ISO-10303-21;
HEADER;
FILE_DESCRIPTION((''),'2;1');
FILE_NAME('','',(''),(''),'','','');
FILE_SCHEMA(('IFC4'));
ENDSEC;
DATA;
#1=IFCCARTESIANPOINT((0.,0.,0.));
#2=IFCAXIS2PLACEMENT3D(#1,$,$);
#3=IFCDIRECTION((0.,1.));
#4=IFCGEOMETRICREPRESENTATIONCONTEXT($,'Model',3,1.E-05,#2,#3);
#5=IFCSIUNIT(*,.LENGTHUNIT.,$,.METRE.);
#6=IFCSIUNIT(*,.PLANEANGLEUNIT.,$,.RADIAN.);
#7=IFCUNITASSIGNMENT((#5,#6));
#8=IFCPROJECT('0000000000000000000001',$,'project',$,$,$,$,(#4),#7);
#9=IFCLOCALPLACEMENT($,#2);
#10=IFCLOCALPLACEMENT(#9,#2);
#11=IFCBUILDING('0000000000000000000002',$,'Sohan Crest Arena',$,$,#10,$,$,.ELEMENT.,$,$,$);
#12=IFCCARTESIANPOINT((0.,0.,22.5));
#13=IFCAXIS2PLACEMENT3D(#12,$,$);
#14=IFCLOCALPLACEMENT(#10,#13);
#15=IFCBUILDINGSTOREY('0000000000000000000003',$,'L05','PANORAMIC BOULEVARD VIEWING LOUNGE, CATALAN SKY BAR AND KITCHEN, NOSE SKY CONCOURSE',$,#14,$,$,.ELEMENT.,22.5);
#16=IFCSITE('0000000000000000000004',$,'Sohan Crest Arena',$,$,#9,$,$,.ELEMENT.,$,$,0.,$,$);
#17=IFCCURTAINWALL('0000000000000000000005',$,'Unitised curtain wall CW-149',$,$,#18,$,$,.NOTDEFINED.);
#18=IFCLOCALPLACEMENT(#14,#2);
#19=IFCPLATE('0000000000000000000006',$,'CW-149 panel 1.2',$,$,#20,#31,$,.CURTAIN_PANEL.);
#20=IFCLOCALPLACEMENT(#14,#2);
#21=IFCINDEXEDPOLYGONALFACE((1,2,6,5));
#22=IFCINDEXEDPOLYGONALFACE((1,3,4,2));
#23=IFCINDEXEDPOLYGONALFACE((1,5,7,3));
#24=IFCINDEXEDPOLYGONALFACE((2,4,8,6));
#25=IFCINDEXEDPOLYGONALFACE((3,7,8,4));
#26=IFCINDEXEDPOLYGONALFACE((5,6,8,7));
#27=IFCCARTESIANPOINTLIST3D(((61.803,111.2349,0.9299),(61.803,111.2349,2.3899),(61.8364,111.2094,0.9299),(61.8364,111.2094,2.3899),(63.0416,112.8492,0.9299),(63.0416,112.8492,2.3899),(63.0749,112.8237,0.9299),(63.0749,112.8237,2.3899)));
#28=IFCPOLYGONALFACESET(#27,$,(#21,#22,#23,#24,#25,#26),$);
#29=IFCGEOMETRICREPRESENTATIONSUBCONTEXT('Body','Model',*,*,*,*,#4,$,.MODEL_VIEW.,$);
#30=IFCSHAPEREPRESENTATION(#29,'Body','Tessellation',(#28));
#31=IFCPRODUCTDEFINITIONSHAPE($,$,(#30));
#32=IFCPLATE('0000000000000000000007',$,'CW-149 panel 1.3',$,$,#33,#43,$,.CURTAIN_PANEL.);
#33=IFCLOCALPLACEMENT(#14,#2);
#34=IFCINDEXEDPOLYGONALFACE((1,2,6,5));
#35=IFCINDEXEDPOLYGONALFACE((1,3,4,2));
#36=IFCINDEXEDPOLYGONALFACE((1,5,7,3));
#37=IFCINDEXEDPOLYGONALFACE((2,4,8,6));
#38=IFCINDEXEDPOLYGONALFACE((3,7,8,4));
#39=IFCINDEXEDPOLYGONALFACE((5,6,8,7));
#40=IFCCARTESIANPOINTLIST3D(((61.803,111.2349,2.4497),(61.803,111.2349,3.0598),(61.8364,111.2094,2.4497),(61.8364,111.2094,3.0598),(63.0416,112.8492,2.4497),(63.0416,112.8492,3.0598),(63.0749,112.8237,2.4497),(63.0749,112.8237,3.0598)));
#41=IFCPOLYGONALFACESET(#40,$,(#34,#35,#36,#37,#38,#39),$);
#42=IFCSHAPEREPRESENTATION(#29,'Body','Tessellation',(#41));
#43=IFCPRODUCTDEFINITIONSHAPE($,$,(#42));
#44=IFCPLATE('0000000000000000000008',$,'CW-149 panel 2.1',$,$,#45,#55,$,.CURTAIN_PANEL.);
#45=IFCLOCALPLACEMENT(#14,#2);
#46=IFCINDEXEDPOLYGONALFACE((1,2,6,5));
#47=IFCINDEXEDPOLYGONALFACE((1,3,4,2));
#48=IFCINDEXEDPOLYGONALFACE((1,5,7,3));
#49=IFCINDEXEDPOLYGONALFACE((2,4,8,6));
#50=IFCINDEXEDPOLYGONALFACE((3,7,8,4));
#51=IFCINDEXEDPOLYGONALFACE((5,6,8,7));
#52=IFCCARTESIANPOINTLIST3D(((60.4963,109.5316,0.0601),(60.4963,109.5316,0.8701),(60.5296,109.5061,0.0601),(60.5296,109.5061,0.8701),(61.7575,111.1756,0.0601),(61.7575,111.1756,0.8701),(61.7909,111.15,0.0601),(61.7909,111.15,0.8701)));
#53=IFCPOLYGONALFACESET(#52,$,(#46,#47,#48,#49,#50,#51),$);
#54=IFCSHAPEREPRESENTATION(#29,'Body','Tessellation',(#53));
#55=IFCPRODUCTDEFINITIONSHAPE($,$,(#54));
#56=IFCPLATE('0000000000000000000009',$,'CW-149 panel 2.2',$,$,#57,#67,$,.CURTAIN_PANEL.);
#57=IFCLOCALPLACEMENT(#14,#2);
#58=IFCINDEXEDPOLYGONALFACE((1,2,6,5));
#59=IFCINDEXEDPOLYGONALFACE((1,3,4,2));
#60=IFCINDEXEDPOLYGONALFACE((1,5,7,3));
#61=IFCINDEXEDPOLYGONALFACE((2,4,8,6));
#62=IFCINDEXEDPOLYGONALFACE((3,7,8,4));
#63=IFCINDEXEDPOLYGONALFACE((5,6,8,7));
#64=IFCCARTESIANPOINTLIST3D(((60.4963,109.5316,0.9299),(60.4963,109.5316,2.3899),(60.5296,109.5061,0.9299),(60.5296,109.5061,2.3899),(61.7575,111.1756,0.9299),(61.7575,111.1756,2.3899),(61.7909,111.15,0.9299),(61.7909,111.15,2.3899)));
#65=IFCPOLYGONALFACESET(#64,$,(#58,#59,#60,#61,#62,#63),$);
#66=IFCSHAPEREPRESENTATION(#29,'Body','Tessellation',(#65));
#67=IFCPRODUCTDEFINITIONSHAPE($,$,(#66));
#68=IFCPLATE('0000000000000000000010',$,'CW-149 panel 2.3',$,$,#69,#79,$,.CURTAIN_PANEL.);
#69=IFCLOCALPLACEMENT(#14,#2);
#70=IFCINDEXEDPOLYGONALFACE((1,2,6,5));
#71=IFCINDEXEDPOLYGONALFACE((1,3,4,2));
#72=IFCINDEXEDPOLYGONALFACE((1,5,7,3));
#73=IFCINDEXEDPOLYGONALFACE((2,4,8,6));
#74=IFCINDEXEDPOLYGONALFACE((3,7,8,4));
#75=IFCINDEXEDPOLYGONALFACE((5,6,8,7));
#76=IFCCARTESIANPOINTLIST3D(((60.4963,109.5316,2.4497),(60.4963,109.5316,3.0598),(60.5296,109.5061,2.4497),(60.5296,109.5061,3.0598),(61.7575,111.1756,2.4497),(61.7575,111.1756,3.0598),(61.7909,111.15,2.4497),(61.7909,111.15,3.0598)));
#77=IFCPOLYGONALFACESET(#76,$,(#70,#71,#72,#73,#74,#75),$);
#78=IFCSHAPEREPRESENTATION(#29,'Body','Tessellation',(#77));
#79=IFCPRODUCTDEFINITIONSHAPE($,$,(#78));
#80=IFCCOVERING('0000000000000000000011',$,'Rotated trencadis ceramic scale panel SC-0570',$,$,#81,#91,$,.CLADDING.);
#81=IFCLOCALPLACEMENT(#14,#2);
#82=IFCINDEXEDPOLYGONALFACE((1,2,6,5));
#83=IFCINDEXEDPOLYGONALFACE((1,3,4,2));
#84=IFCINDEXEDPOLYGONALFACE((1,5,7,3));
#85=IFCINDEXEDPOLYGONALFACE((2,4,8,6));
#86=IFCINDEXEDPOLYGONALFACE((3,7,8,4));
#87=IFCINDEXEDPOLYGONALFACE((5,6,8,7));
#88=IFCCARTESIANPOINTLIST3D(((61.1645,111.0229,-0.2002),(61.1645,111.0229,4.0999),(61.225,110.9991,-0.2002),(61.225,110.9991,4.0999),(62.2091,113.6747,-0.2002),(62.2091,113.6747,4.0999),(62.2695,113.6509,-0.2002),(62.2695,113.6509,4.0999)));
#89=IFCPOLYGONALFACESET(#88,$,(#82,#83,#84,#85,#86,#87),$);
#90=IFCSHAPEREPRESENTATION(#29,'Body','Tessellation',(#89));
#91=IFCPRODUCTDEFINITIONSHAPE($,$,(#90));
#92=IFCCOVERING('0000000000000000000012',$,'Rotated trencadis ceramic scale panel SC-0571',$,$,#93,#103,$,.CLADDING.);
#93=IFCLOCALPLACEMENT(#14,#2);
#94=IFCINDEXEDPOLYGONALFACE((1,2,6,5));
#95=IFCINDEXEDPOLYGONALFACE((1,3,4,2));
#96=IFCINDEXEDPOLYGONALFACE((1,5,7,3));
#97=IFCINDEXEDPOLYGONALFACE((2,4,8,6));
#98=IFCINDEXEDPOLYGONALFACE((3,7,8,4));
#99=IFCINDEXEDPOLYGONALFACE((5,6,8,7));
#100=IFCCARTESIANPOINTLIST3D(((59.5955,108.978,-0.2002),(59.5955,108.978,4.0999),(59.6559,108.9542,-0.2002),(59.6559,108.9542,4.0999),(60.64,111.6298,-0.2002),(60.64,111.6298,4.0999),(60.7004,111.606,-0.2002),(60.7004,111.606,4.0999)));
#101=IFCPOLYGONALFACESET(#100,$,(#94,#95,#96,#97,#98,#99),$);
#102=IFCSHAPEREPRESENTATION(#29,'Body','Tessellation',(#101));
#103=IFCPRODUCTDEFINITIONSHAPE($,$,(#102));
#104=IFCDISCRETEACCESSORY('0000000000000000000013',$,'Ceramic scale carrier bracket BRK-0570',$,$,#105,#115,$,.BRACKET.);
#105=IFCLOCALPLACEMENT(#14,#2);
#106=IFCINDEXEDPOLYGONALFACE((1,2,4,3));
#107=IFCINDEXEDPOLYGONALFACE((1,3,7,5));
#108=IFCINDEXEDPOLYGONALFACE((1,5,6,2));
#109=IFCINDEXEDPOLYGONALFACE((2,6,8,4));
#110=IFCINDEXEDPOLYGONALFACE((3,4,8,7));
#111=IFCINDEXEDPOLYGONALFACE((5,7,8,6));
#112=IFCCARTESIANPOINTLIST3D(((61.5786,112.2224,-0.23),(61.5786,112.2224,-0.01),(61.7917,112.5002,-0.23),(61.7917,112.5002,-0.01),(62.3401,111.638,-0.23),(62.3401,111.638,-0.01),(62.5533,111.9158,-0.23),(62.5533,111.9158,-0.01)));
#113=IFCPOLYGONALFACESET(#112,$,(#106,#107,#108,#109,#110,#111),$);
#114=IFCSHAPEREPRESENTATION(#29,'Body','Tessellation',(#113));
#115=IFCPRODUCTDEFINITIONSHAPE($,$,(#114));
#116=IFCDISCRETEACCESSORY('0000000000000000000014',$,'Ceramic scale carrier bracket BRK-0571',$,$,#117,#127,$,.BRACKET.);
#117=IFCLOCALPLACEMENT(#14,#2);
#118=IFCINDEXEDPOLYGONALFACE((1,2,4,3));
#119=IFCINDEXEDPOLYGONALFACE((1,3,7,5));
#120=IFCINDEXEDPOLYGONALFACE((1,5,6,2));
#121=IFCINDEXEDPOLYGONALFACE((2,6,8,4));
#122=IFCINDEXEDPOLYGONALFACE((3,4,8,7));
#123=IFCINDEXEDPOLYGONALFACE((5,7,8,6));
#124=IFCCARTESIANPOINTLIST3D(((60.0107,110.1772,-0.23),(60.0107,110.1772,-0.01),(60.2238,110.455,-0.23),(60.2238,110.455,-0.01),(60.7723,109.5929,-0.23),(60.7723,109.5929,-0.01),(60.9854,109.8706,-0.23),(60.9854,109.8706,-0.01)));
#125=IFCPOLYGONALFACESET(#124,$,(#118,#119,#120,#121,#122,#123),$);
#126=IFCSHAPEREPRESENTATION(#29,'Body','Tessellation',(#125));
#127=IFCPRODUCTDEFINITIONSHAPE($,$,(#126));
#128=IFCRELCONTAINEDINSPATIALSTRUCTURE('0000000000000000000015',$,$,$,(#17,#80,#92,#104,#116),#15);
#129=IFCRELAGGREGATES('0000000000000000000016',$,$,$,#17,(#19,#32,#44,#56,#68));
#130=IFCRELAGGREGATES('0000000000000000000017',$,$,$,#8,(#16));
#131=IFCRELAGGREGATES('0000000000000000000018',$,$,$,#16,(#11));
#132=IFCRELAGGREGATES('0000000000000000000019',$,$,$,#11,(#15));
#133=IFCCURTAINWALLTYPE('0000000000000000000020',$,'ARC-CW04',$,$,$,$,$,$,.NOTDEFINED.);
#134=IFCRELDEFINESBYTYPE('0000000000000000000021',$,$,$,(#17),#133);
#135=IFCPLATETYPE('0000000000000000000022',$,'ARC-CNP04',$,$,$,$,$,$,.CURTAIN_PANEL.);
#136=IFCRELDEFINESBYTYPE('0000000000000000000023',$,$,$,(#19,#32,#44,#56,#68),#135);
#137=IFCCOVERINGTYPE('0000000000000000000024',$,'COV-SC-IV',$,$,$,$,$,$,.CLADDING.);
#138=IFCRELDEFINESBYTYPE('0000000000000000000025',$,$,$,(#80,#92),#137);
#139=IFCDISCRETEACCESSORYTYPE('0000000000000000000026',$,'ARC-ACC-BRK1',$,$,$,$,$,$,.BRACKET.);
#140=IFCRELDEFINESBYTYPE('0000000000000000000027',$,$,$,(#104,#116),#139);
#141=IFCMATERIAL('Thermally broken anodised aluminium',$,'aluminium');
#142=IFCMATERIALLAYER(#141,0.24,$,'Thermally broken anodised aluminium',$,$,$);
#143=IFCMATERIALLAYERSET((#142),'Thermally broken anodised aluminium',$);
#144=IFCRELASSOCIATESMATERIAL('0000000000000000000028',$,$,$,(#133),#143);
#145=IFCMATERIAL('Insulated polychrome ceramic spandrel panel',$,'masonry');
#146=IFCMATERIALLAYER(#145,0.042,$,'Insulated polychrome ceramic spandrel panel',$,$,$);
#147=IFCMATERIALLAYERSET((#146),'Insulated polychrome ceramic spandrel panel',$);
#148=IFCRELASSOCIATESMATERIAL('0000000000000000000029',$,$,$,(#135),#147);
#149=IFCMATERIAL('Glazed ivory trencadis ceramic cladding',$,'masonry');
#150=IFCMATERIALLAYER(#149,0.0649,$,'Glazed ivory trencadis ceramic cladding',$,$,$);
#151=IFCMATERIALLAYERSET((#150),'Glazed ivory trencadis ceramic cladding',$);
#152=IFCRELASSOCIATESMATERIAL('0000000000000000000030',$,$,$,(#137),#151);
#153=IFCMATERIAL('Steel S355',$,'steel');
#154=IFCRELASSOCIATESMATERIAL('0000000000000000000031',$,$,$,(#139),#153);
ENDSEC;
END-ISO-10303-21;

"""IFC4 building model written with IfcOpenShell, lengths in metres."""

from ifc_helpers import new_model, si_unit, direction, frame, origin, origin_2d, place, context, subcontext, project, spatial, rectangle, extrude, material, layer, layer_set, type_object, element, aggregate, save


model = new_model("IFC4")

# Units and contexts
model_context = context("Model", 3, precision=1e-05, world=origin(), true_north=direction((0.0, 1.0)))
body_context = subcontext(model_context, "Body", "Model", "MODEL_VIEW")
ifc_project = project(units=[si_unit("LENGTHUNIT", "METRE"), si_unit("PLANEANGLEUNIT", "RADIAN")], contexts=[model_context])

# Site, building, storey
site_placement = place(None, origin())
site = spatial("IfcSite", under=ifc_project, at=site_placement, Name="Sohan Crest Arena", CompositionType="ELEMENT", RefElevation=0.0)
building_placement = place(site_placement, origin())
building = spatial("IfcBuilding", under=site, at=building_placement, Name="Sohan Crest Arena", CompositionType="ELEMENT")
storey_placement = place(building_placement, frame((0.0, 0.0, 22.5)))
storey = spatial("IfcBuildingStorey", under=building, at=storey_placement, Name="L05", Description="PANORAMIC BOULEVARD VIEWING LOUNGE, CATALAN SKY BAR AND KITCHEN, NOSE SKY CONCOURSE", CompositionType="ELEMENT", Elevation=22.5)

# Shared definitions
ifc_material_1 = material(Name="Steel S355", Category="steel")

# Curtain wall
ifc_material_2 = material(Name="Thermally broken anodised aluminium", Category="aluminium")
ifc_layer_1 = layer(ifc_material_2, 0.24, Name="Thermally broken anodised aluminium")
ifc_layer_set_1 = layer_set([ifc_layer_1], Name="Thermally broken anodised aluminium")
curtain_wall_type = type_object("IfcCurtainWallType", Name="ARC-CW04", PredefinedType="NOTDEFINED", material=ifc_layer_set_1)
curtain_wall_placement = place(storey_placement, origin())
curtain_wall = element("IfcCurtainWall", 1, at=curtain_wall_placement, inside=storey, type_object=curtain_wall_type, Name="Unitised curtain wall CW-149", PredefinedType="NOTDEFINED")

# Plates
ifc_material_3 = material(Name="Insulated polychrome ceramic spandrel panel", Category="masonry")
ifc_layer_2 = layer(ifc_material_3, 0.042, Name="Insulated polychrome ceramic spandrel panel")
ifc_layer_set_2 = layer_set([ifc_layer_2], Name="Insulated polychrome ceramic spandrel panel")
plate_type = type_object("IfcPlateType", Name="ARC-CNP04", PredefinedType="CURTAIN_PANEL", material=ifc_layer_set_2)
plate_1_placement = place(storey_placement, frame((62.439, 112.0293, 0.9299), z_axis=(0.0, 0.0, 1.0), x_axis=(-0.60872, -0.793385, 0.0)))
plate_1 = element("IfcPlate", 2, at=plate_1_placement, type_object=plate_type, Name="CW-149 panel 1.2", PredefinedType="CURTAIN_PANEL", context=body_context, shape_type="SweptSolid", body=[
    extrude(rectangle(XDim=2.0347, YDim=0.042, at=origin_2d()), origin(), (0.0, 0.0, 1.0), 1.46),
])
plate_2_placement = place(storey_placement, frame((62.439, 112.0293, 2.4497), z_axis=(0.0, 0.0, 1.0), x_axis=(-0.60872, -0.793385, 0.0)))
plate_2 = element("IfcPlate", 3, at=plate_2_placement, type_object=plate_type, Name="CW-149 panel 1.3", PredefinedType="CURTAIN_PANEL", context=body_context, shape_type="SweptSolid", body=[
    extrude(rectangle(XDim=2.0347, YDim=0.042, at=origin_2d()), origin(), (0.0, 0.0, 1.0), 0.6101),
])
plate_3_placement = place(storey_placement, frame((61.1436, 110.3408, 0.0601), z_axis=(0.0, 0.0, 1.0), x_axis=(-0.60872, -0.793385, 0.0)))
plate_3 = element("IfcPlate", 4, at=plate_3_placement, type_object=plate_type, Name="CW-149 panel 2.1", PredefinedType="CURTAIN_PANEL", context=body_context, shape_type="SweptSolid", body=[
    extrude(rectangle(XDim=2.072, YDim=0.042, at=origin_2d()), origin(), (0.0, 0.0, 1.0), 0.8101),
])
plate_4_placement = place(storey_placement, frame((61.1436, 110.3408, 0.9299), z_axis=(0.0, 0.0, 1.0), x_axis=(-0.60872, -0.793385, 0.0)))
plate_4 = element("IfcPlate", 5, at=plate_4_placement, type_object=plate_type, Name="CW-149 panel 2.2", PredefinedType="CURTAIN_PANEL", context=body_context, shape_type="SweptSolid", body=[
    extrude(rectangle(XDim=2.072, YDim=0.042, at=origin_2d()), origin(), (0.0, 0.0, 1.0), 1.46),
])
plate_5_placement = place(storey_placement, frame((61.1436, 110.3408, 2.4497), z_axis=(0.0, 0.0, 1.0), x_axis=(-0.60872, -0.793385, 0.0)))
plate_5 = element("IfcPlate", 6, at=plate_5_placement, type_object=plate_type, Name="CW-149 panel 2.3", PredefinedType="CURTAIN_PANEL", context=body_context, shape_type="SweptSolid", body=[
    extrude(rectangle(XDim=2.072, YDim=0.042, at=origin_2d()), origin(), (0.0, 0.0, 1.0), 0.6101),
])
aggregate(curtain_wall, [plate_1, plate_2, plate_3, plate_4, plate_5])

# Coverings
ifc_material_4 = material(Name="Glazed ivory trencadis ceramic cladding", Category="masonry")
ifc_layer_3 = layer(ifc_material_4, 0.0649, Name="Glazed ivory trencadis ceramic cladding")
ifc_layer_set_3 = layer_set([ifc_layer_3], Name="Glazed ivory trencadis ceramic cladding")
covering_type = type_object("IfcCoveringType", Name="COV-SC-IV", PredefinedType="CLADDING", material=ifc_layer_set_3)
for number, where, z_axis, x_axis, name in (
    (7, (61.717, 112.3369, -0.2002), (0.0, 0.0, 1.0), (-0.366501, -0.930418, 0.0), "Rotated trencadis ceramic scale panel SC-0570"),
    (8, (60.1479, 110.292, -0.2002), (0.0, 0.0, 1.0), (-0.366501, -0.930418, 0.0), "Rotated trencadis ceramic scale panel SC-0571"),
):
    element("IfcCovering", number, at=place(storey_placement, frame(where, z_axis=z_axis, x_axis=x_axis)), inside=storey, type_object=covering_type, Name=name, PredefinedType="CLADDING", context=body_context, shape_type="SweptSolid", body=[
        extrude(rectangle(XDim=2.8501, YDim=0.0649, at=origin_2d()), origin(), (0.0, 0.0, 1.0), 4.3),
    ])

# Discrete accessories
discrete_accessory_type = type_object("IfcDiscreteAccessoryType", Name="ARC-ACC-BRK1", PredefinedType="BRACKET", material=ifc_material_1)
for number, where, z_axis, x_axis, name in (
    (9, (62.0659, 112.0691, -0.23), (0.0, 0.0, 1.0), (-0.608761, -0.793353, 0.0), "Ceramic scale carrier bracket BRK-0570"),
    (10, (60.498, 110.0239, -0.23), (0.0, 0.0, 1.0), (-0.608761, -0.793353, 0.0), "Ceramic scale carrier bracket BRK-0571"),
):
    element("IfcDiscreteAccessory", number, at=place(storey_placement, frame(where, z_axis=z_axis, x_axis=x_axis)), inside=storey, type_object=discrete_accessory_type, Name=name, PredefinedType="BRACKET", context=body_context, shape_type="SweptSolid", body=[
        extrude(rectangle(XDim=0.3501, YDim=0.96, at=origin_2d()), origin(), (0.0, 0.0, 1.0), 0.22),
    ])

save(model, "model.ifc")
